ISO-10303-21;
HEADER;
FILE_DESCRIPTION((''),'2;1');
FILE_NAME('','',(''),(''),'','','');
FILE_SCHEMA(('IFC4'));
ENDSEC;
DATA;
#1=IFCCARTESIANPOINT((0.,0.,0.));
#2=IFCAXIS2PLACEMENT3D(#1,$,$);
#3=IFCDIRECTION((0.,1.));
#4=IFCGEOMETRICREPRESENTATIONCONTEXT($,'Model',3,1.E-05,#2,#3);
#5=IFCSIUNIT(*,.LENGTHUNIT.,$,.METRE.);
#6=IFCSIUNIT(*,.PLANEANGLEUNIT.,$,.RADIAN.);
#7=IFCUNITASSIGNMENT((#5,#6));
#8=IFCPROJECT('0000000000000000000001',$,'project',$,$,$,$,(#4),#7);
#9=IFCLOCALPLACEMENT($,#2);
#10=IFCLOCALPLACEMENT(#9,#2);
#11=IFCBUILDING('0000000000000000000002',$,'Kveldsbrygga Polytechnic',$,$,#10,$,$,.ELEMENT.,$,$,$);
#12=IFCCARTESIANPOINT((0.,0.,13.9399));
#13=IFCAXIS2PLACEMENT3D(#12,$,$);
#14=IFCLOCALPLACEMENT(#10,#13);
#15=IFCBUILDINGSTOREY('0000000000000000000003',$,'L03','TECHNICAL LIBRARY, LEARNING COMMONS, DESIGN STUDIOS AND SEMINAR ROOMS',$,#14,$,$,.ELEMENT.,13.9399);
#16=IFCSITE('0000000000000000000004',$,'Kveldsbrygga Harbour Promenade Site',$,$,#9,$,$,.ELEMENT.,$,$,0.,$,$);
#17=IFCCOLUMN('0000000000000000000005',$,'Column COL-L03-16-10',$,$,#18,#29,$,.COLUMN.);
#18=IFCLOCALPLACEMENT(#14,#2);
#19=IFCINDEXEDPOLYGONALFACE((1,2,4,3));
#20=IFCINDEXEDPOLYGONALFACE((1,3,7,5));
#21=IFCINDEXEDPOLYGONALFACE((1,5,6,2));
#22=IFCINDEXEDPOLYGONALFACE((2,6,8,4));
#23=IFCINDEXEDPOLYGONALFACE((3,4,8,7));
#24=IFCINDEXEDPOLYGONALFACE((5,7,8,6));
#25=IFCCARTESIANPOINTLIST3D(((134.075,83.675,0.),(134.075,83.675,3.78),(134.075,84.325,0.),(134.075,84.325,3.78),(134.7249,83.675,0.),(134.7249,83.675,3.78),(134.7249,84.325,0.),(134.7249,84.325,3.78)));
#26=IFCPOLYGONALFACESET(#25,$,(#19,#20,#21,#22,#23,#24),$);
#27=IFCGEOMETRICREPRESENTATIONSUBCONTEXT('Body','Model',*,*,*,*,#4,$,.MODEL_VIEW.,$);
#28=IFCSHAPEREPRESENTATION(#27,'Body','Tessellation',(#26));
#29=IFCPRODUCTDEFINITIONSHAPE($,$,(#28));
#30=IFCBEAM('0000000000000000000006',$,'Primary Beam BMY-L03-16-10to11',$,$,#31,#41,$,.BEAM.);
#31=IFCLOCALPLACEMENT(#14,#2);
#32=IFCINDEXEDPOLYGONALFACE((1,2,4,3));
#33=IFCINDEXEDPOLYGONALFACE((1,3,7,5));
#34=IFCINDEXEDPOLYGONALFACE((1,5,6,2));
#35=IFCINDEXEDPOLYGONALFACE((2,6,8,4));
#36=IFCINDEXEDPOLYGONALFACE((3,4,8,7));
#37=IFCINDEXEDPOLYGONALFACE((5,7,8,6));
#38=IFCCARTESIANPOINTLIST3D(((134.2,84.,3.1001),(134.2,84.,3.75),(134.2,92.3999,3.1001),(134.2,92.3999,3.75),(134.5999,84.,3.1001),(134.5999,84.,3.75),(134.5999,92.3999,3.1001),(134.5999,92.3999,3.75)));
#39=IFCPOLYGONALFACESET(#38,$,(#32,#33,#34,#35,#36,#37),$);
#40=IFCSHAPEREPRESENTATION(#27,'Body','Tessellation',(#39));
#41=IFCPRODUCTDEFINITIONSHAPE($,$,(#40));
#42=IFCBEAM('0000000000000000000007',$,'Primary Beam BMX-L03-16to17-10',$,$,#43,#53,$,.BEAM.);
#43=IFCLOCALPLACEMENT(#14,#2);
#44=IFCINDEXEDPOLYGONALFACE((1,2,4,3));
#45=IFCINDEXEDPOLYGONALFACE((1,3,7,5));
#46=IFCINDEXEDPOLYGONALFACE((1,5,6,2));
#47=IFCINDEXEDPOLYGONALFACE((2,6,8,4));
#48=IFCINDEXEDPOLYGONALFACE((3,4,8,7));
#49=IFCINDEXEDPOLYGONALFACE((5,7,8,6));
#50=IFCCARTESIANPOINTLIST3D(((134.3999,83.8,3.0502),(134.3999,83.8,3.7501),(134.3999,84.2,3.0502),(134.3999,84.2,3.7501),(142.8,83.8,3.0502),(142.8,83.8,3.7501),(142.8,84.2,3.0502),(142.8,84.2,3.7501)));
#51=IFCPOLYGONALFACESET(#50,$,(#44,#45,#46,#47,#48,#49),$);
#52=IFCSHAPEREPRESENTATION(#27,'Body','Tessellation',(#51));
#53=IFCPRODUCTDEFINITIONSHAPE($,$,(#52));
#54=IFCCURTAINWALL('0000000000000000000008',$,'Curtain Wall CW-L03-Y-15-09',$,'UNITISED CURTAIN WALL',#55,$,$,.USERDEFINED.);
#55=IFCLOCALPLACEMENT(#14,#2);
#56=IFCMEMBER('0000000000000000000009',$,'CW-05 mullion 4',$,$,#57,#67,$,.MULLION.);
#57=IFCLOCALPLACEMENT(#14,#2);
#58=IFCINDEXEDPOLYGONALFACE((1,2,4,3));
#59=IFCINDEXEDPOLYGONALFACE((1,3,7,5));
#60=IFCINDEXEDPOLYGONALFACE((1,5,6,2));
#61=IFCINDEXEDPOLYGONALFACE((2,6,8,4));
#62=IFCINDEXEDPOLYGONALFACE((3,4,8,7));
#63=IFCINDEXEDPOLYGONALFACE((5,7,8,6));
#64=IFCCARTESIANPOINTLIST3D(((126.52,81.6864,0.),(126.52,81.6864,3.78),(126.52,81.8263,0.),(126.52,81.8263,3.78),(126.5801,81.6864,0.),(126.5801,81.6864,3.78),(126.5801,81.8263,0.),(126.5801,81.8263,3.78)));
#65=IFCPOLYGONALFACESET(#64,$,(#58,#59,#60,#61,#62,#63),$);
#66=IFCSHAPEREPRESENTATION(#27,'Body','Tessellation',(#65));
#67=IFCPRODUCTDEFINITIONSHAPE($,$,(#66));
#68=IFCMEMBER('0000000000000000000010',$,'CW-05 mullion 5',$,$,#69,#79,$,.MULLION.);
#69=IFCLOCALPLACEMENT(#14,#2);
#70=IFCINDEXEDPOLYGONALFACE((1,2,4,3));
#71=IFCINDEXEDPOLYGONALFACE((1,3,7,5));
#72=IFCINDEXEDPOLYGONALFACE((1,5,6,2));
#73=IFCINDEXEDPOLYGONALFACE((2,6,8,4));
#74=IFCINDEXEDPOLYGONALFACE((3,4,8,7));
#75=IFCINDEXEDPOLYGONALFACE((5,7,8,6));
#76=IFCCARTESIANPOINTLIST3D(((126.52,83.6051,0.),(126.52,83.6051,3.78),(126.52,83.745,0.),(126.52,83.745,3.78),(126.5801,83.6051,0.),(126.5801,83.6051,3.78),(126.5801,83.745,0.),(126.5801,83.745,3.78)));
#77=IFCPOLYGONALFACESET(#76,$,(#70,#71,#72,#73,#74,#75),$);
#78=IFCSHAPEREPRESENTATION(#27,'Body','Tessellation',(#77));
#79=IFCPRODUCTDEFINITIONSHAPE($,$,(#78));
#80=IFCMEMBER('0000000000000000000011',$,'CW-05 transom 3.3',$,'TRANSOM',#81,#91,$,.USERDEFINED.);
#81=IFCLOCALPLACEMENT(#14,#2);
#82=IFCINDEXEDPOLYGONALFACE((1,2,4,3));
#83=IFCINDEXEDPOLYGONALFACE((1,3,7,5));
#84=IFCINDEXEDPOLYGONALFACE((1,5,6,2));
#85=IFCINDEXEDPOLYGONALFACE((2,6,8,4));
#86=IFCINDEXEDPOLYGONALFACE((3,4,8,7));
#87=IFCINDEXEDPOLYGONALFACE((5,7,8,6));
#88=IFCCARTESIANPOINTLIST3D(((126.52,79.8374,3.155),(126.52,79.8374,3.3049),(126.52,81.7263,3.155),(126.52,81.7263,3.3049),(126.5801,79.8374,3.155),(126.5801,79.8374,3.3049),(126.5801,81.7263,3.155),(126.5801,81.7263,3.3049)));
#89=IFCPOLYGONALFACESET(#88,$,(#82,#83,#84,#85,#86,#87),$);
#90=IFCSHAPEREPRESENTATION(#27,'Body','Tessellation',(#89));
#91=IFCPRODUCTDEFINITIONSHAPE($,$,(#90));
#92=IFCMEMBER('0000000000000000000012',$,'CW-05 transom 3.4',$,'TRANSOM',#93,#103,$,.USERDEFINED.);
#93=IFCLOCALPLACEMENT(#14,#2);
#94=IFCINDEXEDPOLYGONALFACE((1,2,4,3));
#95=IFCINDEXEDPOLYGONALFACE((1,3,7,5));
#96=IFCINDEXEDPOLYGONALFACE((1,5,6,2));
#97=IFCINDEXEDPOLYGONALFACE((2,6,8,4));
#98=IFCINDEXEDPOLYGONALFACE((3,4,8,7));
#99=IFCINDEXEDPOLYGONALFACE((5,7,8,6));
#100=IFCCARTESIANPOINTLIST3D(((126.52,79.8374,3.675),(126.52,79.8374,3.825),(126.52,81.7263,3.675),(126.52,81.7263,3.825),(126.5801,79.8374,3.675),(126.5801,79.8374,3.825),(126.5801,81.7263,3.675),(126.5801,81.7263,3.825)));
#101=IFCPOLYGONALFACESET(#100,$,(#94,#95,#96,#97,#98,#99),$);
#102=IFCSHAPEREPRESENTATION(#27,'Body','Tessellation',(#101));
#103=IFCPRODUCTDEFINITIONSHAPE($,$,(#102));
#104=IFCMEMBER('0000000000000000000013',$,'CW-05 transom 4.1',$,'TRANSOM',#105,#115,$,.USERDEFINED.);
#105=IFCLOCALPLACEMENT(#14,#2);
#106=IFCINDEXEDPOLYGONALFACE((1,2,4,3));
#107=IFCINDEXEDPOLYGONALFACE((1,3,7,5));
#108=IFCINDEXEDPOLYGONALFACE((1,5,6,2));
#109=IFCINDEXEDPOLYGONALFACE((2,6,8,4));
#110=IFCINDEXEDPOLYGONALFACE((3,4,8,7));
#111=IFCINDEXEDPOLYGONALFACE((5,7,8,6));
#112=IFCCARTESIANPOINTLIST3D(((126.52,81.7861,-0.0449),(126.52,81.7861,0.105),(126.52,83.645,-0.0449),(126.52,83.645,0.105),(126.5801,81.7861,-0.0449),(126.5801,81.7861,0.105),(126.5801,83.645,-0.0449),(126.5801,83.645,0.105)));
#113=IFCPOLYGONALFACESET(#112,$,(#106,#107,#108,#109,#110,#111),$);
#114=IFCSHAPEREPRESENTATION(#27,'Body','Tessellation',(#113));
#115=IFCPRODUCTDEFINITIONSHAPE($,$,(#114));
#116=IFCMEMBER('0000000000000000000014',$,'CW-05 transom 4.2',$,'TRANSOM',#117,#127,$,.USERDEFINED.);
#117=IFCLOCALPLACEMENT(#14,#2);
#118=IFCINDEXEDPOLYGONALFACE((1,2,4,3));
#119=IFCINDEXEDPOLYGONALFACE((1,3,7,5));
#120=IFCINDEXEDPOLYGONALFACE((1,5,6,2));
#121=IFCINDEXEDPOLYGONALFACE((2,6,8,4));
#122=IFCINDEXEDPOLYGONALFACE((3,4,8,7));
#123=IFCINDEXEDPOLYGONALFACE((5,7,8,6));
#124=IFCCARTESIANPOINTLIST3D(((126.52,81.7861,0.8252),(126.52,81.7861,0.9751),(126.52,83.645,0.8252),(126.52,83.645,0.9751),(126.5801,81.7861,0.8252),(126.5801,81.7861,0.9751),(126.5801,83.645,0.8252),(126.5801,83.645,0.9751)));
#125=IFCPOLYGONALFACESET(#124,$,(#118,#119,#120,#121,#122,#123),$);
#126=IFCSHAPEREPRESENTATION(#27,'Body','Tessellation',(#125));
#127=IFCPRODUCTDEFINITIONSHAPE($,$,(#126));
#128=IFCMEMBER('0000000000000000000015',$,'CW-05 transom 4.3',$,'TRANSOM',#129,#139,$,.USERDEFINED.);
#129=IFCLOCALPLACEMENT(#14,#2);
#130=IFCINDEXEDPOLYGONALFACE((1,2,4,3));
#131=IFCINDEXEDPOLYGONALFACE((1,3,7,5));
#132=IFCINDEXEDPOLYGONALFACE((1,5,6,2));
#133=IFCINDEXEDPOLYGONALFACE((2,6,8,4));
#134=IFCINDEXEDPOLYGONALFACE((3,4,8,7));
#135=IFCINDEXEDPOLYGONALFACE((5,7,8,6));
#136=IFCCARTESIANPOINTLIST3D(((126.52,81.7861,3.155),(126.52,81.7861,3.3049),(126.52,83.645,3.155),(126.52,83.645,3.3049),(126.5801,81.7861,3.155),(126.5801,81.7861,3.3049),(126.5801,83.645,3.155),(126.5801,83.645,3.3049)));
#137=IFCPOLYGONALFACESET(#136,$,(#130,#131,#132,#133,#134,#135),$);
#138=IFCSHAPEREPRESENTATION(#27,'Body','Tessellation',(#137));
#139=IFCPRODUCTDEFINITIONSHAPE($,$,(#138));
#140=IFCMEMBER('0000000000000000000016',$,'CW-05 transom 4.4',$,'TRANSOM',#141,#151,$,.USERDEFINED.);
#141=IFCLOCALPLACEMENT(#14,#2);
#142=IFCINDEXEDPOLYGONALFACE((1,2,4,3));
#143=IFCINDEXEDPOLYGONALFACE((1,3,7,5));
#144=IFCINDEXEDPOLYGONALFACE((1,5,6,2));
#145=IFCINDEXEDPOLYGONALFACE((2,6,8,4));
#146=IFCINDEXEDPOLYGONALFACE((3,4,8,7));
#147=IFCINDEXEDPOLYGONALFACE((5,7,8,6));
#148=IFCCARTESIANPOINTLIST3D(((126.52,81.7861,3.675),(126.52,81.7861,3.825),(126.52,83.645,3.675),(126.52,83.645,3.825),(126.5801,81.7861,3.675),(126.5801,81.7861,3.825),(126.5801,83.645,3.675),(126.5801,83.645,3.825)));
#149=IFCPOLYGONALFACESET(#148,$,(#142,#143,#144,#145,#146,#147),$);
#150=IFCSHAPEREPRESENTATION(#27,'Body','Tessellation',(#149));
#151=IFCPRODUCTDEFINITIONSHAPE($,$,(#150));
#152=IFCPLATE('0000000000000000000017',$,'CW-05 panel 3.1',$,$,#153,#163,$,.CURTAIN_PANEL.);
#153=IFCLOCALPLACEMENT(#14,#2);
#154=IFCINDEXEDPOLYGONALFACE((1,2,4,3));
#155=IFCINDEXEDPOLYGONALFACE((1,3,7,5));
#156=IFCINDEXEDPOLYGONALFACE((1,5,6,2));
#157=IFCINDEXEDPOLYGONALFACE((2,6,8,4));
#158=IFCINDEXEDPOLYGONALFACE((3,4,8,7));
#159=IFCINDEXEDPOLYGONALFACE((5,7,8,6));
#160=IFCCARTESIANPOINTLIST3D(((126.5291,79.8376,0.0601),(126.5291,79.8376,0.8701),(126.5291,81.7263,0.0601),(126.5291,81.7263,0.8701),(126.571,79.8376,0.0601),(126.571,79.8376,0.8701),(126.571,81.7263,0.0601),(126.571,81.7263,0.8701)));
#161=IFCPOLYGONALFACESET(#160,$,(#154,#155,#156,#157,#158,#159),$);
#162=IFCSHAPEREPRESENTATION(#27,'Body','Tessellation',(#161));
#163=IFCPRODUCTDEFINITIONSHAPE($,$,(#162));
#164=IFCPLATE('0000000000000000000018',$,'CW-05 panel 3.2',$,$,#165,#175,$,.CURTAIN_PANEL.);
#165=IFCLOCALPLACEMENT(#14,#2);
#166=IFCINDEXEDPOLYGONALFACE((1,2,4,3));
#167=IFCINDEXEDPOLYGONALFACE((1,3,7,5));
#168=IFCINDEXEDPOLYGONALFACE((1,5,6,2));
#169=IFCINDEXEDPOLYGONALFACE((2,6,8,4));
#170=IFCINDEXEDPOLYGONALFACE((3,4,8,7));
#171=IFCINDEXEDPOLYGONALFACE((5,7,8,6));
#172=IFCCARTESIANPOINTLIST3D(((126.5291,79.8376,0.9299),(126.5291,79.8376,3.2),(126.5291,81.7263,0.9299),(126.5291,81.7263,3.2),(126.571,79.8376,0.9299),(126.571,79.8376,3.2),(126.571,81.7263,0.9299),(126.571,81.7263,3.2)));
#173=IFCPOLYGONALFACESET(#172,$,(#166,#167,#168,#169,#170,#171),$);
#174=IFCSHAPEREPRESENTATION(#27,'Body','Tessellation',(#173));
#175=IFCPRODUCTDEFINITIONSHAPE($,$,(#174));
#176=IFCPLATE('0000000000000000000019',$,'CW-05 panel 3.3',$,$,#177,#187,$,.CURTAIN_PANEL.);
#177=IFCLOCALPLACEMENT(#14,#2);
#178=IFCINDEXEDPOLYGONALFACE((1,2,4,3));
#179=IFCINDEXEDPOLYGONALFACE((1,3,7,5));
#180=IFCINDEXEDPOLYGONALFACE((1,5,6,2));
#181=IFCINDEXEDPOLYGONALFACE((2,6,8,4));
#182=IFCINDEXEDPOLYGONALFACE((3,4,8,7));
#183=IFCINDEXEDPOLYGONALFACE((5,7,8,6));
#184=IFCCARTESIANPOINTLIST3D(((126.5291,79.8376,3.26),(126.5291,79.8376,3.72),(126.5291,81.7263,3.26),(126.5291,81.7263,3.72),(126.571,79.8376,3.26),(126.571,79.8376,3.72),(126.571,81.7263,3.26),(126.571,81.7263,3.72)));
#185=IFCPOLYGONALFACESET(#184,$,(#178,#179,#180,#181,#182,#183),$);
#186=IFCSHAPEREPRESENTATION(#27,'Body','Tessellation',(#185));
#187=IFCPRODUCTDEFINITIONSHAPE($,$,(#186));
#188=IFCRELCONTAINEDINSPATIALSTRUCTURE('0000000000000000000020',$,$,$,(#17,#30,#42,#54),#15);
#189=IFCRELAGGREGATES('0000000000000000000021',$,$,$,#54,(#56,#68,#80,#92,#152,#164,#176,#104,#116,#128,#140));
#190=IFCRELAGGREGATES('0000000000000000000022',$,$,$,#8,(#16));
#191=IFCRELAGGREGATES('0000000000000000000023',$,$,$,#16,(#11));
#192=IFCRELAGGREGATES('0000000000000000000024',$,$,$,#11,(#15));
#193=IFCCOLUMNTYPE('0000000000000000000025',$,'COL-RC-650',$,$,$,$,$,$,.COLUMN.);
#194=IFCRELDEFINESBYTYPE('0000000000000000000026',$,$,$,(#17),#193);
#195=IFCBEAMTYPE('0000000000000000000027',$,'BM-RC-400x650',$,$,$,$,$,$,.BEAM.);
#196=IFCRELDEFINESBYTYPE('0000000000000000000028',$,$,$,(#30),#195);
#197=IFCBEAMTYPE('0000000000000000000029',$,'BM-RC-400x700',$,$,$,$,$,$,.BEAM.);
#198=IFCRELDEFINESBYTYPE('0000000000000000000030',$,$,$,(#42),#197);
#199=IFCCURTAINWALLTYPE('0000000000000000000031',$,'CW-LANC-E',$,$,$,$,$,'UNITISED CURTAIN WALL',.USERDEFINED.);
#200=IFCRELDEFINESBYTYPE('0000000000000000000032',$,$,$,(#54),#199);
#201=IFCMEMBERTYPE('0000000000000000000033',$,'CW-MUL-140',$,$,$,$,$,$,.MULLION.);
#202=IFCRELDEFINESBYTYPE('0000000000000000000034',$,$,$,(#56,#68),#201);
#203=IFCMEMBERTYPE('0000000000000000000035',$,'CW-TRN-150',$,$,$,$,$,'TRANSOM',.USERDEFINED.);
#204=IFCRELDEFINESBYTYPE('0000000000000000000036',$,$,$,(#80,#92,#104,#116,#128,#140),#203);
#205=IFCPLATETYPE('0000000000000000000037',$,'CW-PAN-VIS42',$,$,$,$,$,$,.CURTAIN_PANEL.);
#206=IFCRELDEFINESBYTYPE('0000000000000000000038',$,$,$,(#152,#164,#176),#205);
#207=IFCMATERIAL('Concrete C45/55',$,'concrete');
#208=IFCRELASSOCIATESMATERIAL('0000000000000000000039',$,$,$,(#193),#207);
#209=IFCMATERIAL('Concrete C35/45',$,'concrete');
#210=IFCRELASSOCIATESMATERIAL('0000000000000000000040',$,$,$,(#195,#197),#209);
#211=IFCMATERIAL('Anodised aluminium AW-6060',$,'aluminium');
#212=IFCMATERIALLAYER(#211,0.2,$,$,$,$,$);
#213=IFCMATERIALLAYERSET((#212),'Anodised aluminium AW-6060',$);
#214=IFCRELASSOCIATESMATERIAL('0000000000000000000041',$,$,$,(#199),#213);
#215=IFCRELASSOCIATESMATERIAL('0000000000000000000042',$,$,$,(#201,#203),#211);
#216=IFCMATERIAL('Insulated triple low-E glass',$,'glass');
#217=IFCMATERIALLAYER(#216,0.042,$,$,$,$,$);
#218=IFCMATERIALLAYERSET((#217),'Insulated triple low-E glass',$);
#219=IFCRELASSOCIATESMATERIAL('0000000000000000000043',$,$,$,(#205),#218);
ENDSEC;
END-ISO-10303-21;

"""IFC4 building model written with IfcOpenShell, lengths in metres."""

from ifc_helpers import new_model, si_unit, direction, frame, origin, origin_2d, place, context, subcontext, project, spatial, rectangle, extrude, material, layer, layer_set, material_profile, profile_set, type_object, element, aggregate, save


model = new_model("IFC4")

# Units and contexts
model_context = context("Model", 3, precision=1e-05, world=origin(), true_north=direction((0.0, 1.0)))
body_context = subcontext(model_context, "Body", "Model", "MODEL_VIEW")
ifc_project = project(units=[si_unit("LENGTHUNIT", "METRE"), si_unit("PLANEANGLEUNIT", "RADIAN")], contexts=[model_context])

# Site, building, storey
site_placement = place(None, origin())
site = spatial("IfcSite", under=ifc_project, at=site_placement, Name="Kveldsbrygga Harbour Promenade Site", CompositionType="ELEMENT", RefElevation=0.0)
building_placement = place(site_placement, origin())
building = spatial("IfcBuilding", under=site, at=building_placement, Name="Kveldsbrygga Polytechnic", CompositionType="ELEMENT")
storey_placement = place(building_placement, frame((0.0, 0.0, 13.9399)))
storey = spatial("IfcBuildingStorey", under=building, at=storey_placement, Name="L03", Description="TECHNICAL LIBRARY, LEARNING COMMONS, DESIGN STUDIOS AND SEMINAR ROOMS", CompositionType="ELEMENT", Elevation=13.9399)

# Column
ifc_material_1 = material(Name="Concrete C45/55", Category="concrete")
ifc_material_profile_1 = material_profile(ifc_material_1, rectangle(XDim=0.6499, YDim=0.6499, at=origin_2d()), Name="RC 650x650")
ifc_profile_set_1 = profile_set([ifc_material_profile_1], Name="Concrete C45/55")
column_type = type_object("IfcColumnType", Name="COL-RC-650", PredefinedType="COLUMN", material=ifc_profile_set_1)
column_placement = place(storey_placement, frame((134.3999, 84.0, 0.0), z_axis=(0.0, 0.0, 1.0), x_axis=(1.0, 0.0, 0.0)))
element("IfcColumn", 1, at=column_placement, inside=storey, type_object=column_type, Name="Column COL-L03-16-10", PredefinedType="COLUMN", context=body_context, shape_type="SweptSolid", body=[
    extrude(rectangle(XDim=0.6499, YDim=0.6499, at=origin_2d()), origin(), (0.0, 0.0, 1.0), 3.78),
])

# Beams
ifc_material_2 = material(Name="Concrete C35/45", Category="concrete")
ifc_material_profile_2 = material_profile(ifc_material_2, rectangle(XDim=0.3999, YDim=0.6499, at=origin_2d()), Name="RC 400x650")
ifc_profile_set_2 = profile_set([ifc_material_profile_2], Name="Concrete C35/45")
beam_type_1 = type_object("IfcBeamType", Name="BM-RC-400x650", PredefinedType="BEAM", material=ifc_profile_set_2)
beam_1_placement = place(storey_placement, frame((134.3999, 84.0, 3.425), z_axis=(0.0, 1.0, 0.0), x_axis=(-1.0, 0.0, 0.0)))
element("IfcBeam", 2, at=beam_1_placement, inside=storey, type_object=beam_type_1, Name="Primary Beam BMY-L03-16-10to11", PredefinedType="BEAM", context=body_context, shape_type="SweptSolid", body=[
    extrude(rectangle(XDim=0.3999, YDim=0.6499, at=origin_2d()), origin(), (0.0, 0.0, 1.0), 8.3999),
])
ifc_material_profile_3 = material_profile(ifc_material_2, rectangle(XDim=0.3999, YDim=0.7, at=origin_2d()), Name="RC 400x700")
ifc_profile_set_3 = profile_set([ifc_material_profile_3], Name="Concrete C35/45")
beam_type_2 = type_object("IfcBeamType", Name="BM-RC-400x700", PredefinedType="BEAM", material=ifc_profile_set_3)
beam_2_placement = place(storey_placement, frame((134.3999, 84.0, 3.4001), z_axis=(1.0, 0.0, 0.0), x_axis=(0.0, 1.0, 0.0)))
element("IfcBeam", 3, at=beam_2_placement, inside=storey, type_object=beam_type_2, Name="Primary Beam BMX-L03-16to17-10", PredefinedType="BEAM", context=body_context, shape_type="SweptSolid", body=[
    extrude(rectangle(XDim=0.3999, YDim=0.7, at=origin_2d()), origin(), (0.0, 0.0, 1.0), 8.4001),
])

# Curtain wall, members, plates
ifc_material_3 = material(Name="Anodised aluminium AW-6060", Category="aluminium")
ifc_layer_1 = layer(ifc_material_3, 0.2)
ifc_layer_set_1 = layer_set([ifc_layer_1], Name="Anodised aluminium AW-6060")
curtain_wall_type = type_object("IfcCurtainWallType", Name="CW-LANC-E", ElementType="UNITISED CURTAIN WALL", PredefinedType="USERDEFINED", material=ifc_layer_set_1)
curtain_wall_placement = place(storey_placement, origin())
curtain_wall = element("IfcCurtainWall", 4, at=curtain_wall_placement, inside=storey, type_object=curtain_wall_type, Name="Curtain Wall CW-L03-Y-15-09", ObjectType="UNITISED CURTAIN WALL", PredefinedType="USERDEFINED")
ifc_material_profile_4 = material_profile(ifc_material_3, rectangle(XDim=0.0601, YDim=0.1399, at=origin_2d()), Name="ALU 60x140")
ifc_profile_set_4 = profile_set([ifc_material_profile_4], Name="Anodised aluminium AW-6060")
member_type_1 = type_object("IfcMemberType", Name="CW-MUL-140", PredefinedType="MULLION", material=ifc_profile_set_4)
member_1_placement = place(storey_placement, frame((126.55, 81.7563, 0.0), z_axis=(0.0, 0.0, 1.0), x_axis=(-1.0, 0.0, 0.0)))
member_1 = element("IfcMember", 5, at=member_1_placement, type_object=member_type_1, Name="CW-05 mullion 4", PredefinedType="MULLION", context=body_context, shape_type="SweptSolid", body=[
    extrude(rectangle(XDim=0.0601, YDim=0.1399, at=origin_2d()), origin(), (0.0, 0.0, 1.0), 3.78),
])
member_2_placement = place(storey_placement, frame((126.55, 83.675, 0.0), z_axis=(0.0, 0.0, 1.0), x_axis=(-1.0, 0.0, 0.0)))
member_2 = element("IfcMember", 6, at=member_2_placement, type_object=member_type_1, Name="CW-05 mullion 5", PredefinedType="MULLION", context=body_context, shape_type="SweptSolid", body=[
    extrude(rectangle(XDim=0.0601, YDim=0.1399, at=origin_2d()), origin(), (0.0, 0.0, 1.0), 3.78),
])
ifc_material_profile_5 = material_profile(ifc_material_3, rectangle(XDim=0.0601, YDim=0.1499, at=origin_2d()), Name="ALU 60x150")
ifc_profile_set_5 = profile_set([ifc_material_profile_5], Name="Anodised aluminium AW-6060")
member_type_2 = type_object("IfcMemberType", Name="CW-TRN-150", ElementType="TRANSOM", PredefinedType="USERDEFINED", material=ifc_profile_set_5)
member_3_placement = place(storey_placement, frame((126.55, 79.8374, 3.23), z_axis=(0.0, 1.0, 0.0), x_axis=(-1.0, 0.0, 0.0)))
member_3 = element("IfcMember", 7, at=member_3_placement, type_object=member_type_2, Name="CW-05 transom 3.3", ObjectType="TRANSOM", PredefinedType="USERDEFINED", context=body_context, shape_type="SweptSolid", body=[
    extrude(rectangle(XDim=0.0601, YDim=0.1499, at=origin_2d()), origin(), (0.0, 0.0, 1.0), 1.8889),
])
member_4_placement = place(storey_placement, frame((126.55, 79.8374, 3.75), z_axis=(0.0, 1.0, 0.0), x_axis=(-1.0, 0.0, 0.0)))
member_4 = element("IfcMember", 8, at=member_4_placement, type_object=member_type_2, Name="CW-05 transom 3.4", ObjectType="TRANSOM", PredefinedType="USERDEFINED", context=body_context, shape_type="SweptSolid", body=[
    extrude(rectangle(XDim=0.0601, YDim=0.1499, at=origin_2d()), origin(), (0.0, 0.0, 1.0), 1.8889),
])
member_5_placement = place(storey_placement, frame((126.55, 81.7861, 0.03), z_axis=(0.0, 1.0, 0.0), x_axis=(-1.0, 0.0, 0.0)))
member_5 = element("IfcMember", 9, at=member_5_placement, type_object=member_type_2, Name="CW-05 transom 4.1", ObjectType="TRANSOM", PredefinedType="USERDEFINED", context=body_context, shape_type="SweptSolid", body=[
    extrude(rectangle(XDim=0.0601, YDim=0.1499, at=origin_2d()), origin(), (0.0, 0.0, 1.0), 1.8589),
])
member_6_placement = place(storey_placement, frame((126.55, 81.7861, 0.9001), z_axis=(0.0, 1.0, 0.0), x_axis=(-1.0, 0.0, 0.0)))
member_6 = element("IfcMember", 10, at=member_6_placement, type_object=member_type_2, Name="CW-05 transom 4.2", ObjectType="TRANSOM", PredefinedType="USERDEFINED", context=body_context, shape_type="SweptSolid", body=[
    extrude(rectangle(XDim=0.0601, YDim=0.1499, at=origin_2d()), origin(), (0.0, 0.0, 1.0), 1.8589),
])
member_7_placement = place(storey_placement, frame((126.55, 81.7861, 3.23), z_axis=(0.0, 1.0, 0.0), x_axis=(-1.0, 0.0, 0.0)))
member_7 = element("IfcMember", 11, at=member_7_placement, type_object=member_type_2, Name="CW-05 transom 4.3", ObjectType="TRANSOM", PredefinedType="USERDEFINED", context=body_context, shape_type="SweptSolid", body=[
    extrude(rectangle(XDim=0.0601, YDim=0.1499, at=origin_2d()), origin(), (0.0, 0.0, 1.0), 1.8589),
])
member_8_placement = place(storey_placement, frame((126.55, 81.7861, 3.75), z_axis=(0.0, 1.0, 0.0), x_axis=(-1.0, 0.0, 0.0)))
member_8 = element("IfcMember", 12, at=member_8_placement, type_object=member_type_2, Name="CW-05 transom 4.4", ObjectType="TRANSOM", PredefinedType="USERDEFINED", context=body_context, shape_type="SweptSolid", body=[
    extrude(rectangle(XDim=0.0601, YDim=0.1499, at=origin_2d()), origin(), (0.0, 0.0, 1.0), 1.8589),
])
ifc_material_4 = material(Name="Insulated triple low-E glass", Category="glass")
ifc_layer_2 = layer(ifc_material_4, 0.042)
ifc_layer_set_2 = layer_set([ifc_layer_2], Name="Insulated triple low-E glass")
plate_type = type_object("IfcPlateType", Name="CW-PAN-VIS42", PredefinedType="CURTAIN_PANEL", material=ifc_layer_set_2)
plate_1_placement = place(storey_placement, frame((126.55, 80.782, 0.0601), z_axis=(0.0, 0.0, 1.0), x_axis=(0.0, 1.0, 0.0)))
plate_1 = element("IfcPlate", 13, at=plate_1_placement, type_object=plate_type, Name="CW-05 panel 3.1", PredefinedType="CURTAIN_PANEL", context=body_context, shape_type="SweptSolid", body=[
    extrude(rectangle(XDim=1.8887, YDim=0.042, at=origin_2d()), origin(), (0.0, 0.0, 1.0), 0.8101),
])
plate_2_placement = place(storey_placement, frame((126.55, 80.782, 0.9299), z_axis=(0.0, 0.0, 1.0), x_axis=(0.0, 1.0, 0.0)))
plate_2 = element("IfcPlate", 14, at=plate_2_placement, type_object=plate_type, Name="CW-05 panel 3.2", PredefinedType="CURTAIN_PANEL", context=body_context, shape_type="SweptSolid", body=[
    extrude(rectangle(XDim=1.8887, YDim=0.042, at=origin_2d()), origin(), (0.0, 0.0, 1.0), 2.27),
])
plate_3_placement = place(storey_placement, frame((126.55, 80.782, 3.26), z_axis=(0.0, 0.0, 1.0), x_axis=(0.0, 1.0, 0.0)))
plate_3 = element("IfcPlate", 15, at=plate_3_placement, type_object=plate_type, Name="CW-05 panel 3.3", PredefinedType="CURTAIN_PANEL", context=body_context, shape_type="SweptSolid", body=[
    extrude(rectangle(XDim=1.8887, YDim=0.042, at=origin_2d()), origin(), (0.0, 0.0, 1.0), 0.46),
])
aggregate(curtain_wall, [member_1, member_2, member_3, member_4, plate_1, plate_2, plate_3, member_5, member_6, member_7, member_8])

save(model, "model.ifc")
